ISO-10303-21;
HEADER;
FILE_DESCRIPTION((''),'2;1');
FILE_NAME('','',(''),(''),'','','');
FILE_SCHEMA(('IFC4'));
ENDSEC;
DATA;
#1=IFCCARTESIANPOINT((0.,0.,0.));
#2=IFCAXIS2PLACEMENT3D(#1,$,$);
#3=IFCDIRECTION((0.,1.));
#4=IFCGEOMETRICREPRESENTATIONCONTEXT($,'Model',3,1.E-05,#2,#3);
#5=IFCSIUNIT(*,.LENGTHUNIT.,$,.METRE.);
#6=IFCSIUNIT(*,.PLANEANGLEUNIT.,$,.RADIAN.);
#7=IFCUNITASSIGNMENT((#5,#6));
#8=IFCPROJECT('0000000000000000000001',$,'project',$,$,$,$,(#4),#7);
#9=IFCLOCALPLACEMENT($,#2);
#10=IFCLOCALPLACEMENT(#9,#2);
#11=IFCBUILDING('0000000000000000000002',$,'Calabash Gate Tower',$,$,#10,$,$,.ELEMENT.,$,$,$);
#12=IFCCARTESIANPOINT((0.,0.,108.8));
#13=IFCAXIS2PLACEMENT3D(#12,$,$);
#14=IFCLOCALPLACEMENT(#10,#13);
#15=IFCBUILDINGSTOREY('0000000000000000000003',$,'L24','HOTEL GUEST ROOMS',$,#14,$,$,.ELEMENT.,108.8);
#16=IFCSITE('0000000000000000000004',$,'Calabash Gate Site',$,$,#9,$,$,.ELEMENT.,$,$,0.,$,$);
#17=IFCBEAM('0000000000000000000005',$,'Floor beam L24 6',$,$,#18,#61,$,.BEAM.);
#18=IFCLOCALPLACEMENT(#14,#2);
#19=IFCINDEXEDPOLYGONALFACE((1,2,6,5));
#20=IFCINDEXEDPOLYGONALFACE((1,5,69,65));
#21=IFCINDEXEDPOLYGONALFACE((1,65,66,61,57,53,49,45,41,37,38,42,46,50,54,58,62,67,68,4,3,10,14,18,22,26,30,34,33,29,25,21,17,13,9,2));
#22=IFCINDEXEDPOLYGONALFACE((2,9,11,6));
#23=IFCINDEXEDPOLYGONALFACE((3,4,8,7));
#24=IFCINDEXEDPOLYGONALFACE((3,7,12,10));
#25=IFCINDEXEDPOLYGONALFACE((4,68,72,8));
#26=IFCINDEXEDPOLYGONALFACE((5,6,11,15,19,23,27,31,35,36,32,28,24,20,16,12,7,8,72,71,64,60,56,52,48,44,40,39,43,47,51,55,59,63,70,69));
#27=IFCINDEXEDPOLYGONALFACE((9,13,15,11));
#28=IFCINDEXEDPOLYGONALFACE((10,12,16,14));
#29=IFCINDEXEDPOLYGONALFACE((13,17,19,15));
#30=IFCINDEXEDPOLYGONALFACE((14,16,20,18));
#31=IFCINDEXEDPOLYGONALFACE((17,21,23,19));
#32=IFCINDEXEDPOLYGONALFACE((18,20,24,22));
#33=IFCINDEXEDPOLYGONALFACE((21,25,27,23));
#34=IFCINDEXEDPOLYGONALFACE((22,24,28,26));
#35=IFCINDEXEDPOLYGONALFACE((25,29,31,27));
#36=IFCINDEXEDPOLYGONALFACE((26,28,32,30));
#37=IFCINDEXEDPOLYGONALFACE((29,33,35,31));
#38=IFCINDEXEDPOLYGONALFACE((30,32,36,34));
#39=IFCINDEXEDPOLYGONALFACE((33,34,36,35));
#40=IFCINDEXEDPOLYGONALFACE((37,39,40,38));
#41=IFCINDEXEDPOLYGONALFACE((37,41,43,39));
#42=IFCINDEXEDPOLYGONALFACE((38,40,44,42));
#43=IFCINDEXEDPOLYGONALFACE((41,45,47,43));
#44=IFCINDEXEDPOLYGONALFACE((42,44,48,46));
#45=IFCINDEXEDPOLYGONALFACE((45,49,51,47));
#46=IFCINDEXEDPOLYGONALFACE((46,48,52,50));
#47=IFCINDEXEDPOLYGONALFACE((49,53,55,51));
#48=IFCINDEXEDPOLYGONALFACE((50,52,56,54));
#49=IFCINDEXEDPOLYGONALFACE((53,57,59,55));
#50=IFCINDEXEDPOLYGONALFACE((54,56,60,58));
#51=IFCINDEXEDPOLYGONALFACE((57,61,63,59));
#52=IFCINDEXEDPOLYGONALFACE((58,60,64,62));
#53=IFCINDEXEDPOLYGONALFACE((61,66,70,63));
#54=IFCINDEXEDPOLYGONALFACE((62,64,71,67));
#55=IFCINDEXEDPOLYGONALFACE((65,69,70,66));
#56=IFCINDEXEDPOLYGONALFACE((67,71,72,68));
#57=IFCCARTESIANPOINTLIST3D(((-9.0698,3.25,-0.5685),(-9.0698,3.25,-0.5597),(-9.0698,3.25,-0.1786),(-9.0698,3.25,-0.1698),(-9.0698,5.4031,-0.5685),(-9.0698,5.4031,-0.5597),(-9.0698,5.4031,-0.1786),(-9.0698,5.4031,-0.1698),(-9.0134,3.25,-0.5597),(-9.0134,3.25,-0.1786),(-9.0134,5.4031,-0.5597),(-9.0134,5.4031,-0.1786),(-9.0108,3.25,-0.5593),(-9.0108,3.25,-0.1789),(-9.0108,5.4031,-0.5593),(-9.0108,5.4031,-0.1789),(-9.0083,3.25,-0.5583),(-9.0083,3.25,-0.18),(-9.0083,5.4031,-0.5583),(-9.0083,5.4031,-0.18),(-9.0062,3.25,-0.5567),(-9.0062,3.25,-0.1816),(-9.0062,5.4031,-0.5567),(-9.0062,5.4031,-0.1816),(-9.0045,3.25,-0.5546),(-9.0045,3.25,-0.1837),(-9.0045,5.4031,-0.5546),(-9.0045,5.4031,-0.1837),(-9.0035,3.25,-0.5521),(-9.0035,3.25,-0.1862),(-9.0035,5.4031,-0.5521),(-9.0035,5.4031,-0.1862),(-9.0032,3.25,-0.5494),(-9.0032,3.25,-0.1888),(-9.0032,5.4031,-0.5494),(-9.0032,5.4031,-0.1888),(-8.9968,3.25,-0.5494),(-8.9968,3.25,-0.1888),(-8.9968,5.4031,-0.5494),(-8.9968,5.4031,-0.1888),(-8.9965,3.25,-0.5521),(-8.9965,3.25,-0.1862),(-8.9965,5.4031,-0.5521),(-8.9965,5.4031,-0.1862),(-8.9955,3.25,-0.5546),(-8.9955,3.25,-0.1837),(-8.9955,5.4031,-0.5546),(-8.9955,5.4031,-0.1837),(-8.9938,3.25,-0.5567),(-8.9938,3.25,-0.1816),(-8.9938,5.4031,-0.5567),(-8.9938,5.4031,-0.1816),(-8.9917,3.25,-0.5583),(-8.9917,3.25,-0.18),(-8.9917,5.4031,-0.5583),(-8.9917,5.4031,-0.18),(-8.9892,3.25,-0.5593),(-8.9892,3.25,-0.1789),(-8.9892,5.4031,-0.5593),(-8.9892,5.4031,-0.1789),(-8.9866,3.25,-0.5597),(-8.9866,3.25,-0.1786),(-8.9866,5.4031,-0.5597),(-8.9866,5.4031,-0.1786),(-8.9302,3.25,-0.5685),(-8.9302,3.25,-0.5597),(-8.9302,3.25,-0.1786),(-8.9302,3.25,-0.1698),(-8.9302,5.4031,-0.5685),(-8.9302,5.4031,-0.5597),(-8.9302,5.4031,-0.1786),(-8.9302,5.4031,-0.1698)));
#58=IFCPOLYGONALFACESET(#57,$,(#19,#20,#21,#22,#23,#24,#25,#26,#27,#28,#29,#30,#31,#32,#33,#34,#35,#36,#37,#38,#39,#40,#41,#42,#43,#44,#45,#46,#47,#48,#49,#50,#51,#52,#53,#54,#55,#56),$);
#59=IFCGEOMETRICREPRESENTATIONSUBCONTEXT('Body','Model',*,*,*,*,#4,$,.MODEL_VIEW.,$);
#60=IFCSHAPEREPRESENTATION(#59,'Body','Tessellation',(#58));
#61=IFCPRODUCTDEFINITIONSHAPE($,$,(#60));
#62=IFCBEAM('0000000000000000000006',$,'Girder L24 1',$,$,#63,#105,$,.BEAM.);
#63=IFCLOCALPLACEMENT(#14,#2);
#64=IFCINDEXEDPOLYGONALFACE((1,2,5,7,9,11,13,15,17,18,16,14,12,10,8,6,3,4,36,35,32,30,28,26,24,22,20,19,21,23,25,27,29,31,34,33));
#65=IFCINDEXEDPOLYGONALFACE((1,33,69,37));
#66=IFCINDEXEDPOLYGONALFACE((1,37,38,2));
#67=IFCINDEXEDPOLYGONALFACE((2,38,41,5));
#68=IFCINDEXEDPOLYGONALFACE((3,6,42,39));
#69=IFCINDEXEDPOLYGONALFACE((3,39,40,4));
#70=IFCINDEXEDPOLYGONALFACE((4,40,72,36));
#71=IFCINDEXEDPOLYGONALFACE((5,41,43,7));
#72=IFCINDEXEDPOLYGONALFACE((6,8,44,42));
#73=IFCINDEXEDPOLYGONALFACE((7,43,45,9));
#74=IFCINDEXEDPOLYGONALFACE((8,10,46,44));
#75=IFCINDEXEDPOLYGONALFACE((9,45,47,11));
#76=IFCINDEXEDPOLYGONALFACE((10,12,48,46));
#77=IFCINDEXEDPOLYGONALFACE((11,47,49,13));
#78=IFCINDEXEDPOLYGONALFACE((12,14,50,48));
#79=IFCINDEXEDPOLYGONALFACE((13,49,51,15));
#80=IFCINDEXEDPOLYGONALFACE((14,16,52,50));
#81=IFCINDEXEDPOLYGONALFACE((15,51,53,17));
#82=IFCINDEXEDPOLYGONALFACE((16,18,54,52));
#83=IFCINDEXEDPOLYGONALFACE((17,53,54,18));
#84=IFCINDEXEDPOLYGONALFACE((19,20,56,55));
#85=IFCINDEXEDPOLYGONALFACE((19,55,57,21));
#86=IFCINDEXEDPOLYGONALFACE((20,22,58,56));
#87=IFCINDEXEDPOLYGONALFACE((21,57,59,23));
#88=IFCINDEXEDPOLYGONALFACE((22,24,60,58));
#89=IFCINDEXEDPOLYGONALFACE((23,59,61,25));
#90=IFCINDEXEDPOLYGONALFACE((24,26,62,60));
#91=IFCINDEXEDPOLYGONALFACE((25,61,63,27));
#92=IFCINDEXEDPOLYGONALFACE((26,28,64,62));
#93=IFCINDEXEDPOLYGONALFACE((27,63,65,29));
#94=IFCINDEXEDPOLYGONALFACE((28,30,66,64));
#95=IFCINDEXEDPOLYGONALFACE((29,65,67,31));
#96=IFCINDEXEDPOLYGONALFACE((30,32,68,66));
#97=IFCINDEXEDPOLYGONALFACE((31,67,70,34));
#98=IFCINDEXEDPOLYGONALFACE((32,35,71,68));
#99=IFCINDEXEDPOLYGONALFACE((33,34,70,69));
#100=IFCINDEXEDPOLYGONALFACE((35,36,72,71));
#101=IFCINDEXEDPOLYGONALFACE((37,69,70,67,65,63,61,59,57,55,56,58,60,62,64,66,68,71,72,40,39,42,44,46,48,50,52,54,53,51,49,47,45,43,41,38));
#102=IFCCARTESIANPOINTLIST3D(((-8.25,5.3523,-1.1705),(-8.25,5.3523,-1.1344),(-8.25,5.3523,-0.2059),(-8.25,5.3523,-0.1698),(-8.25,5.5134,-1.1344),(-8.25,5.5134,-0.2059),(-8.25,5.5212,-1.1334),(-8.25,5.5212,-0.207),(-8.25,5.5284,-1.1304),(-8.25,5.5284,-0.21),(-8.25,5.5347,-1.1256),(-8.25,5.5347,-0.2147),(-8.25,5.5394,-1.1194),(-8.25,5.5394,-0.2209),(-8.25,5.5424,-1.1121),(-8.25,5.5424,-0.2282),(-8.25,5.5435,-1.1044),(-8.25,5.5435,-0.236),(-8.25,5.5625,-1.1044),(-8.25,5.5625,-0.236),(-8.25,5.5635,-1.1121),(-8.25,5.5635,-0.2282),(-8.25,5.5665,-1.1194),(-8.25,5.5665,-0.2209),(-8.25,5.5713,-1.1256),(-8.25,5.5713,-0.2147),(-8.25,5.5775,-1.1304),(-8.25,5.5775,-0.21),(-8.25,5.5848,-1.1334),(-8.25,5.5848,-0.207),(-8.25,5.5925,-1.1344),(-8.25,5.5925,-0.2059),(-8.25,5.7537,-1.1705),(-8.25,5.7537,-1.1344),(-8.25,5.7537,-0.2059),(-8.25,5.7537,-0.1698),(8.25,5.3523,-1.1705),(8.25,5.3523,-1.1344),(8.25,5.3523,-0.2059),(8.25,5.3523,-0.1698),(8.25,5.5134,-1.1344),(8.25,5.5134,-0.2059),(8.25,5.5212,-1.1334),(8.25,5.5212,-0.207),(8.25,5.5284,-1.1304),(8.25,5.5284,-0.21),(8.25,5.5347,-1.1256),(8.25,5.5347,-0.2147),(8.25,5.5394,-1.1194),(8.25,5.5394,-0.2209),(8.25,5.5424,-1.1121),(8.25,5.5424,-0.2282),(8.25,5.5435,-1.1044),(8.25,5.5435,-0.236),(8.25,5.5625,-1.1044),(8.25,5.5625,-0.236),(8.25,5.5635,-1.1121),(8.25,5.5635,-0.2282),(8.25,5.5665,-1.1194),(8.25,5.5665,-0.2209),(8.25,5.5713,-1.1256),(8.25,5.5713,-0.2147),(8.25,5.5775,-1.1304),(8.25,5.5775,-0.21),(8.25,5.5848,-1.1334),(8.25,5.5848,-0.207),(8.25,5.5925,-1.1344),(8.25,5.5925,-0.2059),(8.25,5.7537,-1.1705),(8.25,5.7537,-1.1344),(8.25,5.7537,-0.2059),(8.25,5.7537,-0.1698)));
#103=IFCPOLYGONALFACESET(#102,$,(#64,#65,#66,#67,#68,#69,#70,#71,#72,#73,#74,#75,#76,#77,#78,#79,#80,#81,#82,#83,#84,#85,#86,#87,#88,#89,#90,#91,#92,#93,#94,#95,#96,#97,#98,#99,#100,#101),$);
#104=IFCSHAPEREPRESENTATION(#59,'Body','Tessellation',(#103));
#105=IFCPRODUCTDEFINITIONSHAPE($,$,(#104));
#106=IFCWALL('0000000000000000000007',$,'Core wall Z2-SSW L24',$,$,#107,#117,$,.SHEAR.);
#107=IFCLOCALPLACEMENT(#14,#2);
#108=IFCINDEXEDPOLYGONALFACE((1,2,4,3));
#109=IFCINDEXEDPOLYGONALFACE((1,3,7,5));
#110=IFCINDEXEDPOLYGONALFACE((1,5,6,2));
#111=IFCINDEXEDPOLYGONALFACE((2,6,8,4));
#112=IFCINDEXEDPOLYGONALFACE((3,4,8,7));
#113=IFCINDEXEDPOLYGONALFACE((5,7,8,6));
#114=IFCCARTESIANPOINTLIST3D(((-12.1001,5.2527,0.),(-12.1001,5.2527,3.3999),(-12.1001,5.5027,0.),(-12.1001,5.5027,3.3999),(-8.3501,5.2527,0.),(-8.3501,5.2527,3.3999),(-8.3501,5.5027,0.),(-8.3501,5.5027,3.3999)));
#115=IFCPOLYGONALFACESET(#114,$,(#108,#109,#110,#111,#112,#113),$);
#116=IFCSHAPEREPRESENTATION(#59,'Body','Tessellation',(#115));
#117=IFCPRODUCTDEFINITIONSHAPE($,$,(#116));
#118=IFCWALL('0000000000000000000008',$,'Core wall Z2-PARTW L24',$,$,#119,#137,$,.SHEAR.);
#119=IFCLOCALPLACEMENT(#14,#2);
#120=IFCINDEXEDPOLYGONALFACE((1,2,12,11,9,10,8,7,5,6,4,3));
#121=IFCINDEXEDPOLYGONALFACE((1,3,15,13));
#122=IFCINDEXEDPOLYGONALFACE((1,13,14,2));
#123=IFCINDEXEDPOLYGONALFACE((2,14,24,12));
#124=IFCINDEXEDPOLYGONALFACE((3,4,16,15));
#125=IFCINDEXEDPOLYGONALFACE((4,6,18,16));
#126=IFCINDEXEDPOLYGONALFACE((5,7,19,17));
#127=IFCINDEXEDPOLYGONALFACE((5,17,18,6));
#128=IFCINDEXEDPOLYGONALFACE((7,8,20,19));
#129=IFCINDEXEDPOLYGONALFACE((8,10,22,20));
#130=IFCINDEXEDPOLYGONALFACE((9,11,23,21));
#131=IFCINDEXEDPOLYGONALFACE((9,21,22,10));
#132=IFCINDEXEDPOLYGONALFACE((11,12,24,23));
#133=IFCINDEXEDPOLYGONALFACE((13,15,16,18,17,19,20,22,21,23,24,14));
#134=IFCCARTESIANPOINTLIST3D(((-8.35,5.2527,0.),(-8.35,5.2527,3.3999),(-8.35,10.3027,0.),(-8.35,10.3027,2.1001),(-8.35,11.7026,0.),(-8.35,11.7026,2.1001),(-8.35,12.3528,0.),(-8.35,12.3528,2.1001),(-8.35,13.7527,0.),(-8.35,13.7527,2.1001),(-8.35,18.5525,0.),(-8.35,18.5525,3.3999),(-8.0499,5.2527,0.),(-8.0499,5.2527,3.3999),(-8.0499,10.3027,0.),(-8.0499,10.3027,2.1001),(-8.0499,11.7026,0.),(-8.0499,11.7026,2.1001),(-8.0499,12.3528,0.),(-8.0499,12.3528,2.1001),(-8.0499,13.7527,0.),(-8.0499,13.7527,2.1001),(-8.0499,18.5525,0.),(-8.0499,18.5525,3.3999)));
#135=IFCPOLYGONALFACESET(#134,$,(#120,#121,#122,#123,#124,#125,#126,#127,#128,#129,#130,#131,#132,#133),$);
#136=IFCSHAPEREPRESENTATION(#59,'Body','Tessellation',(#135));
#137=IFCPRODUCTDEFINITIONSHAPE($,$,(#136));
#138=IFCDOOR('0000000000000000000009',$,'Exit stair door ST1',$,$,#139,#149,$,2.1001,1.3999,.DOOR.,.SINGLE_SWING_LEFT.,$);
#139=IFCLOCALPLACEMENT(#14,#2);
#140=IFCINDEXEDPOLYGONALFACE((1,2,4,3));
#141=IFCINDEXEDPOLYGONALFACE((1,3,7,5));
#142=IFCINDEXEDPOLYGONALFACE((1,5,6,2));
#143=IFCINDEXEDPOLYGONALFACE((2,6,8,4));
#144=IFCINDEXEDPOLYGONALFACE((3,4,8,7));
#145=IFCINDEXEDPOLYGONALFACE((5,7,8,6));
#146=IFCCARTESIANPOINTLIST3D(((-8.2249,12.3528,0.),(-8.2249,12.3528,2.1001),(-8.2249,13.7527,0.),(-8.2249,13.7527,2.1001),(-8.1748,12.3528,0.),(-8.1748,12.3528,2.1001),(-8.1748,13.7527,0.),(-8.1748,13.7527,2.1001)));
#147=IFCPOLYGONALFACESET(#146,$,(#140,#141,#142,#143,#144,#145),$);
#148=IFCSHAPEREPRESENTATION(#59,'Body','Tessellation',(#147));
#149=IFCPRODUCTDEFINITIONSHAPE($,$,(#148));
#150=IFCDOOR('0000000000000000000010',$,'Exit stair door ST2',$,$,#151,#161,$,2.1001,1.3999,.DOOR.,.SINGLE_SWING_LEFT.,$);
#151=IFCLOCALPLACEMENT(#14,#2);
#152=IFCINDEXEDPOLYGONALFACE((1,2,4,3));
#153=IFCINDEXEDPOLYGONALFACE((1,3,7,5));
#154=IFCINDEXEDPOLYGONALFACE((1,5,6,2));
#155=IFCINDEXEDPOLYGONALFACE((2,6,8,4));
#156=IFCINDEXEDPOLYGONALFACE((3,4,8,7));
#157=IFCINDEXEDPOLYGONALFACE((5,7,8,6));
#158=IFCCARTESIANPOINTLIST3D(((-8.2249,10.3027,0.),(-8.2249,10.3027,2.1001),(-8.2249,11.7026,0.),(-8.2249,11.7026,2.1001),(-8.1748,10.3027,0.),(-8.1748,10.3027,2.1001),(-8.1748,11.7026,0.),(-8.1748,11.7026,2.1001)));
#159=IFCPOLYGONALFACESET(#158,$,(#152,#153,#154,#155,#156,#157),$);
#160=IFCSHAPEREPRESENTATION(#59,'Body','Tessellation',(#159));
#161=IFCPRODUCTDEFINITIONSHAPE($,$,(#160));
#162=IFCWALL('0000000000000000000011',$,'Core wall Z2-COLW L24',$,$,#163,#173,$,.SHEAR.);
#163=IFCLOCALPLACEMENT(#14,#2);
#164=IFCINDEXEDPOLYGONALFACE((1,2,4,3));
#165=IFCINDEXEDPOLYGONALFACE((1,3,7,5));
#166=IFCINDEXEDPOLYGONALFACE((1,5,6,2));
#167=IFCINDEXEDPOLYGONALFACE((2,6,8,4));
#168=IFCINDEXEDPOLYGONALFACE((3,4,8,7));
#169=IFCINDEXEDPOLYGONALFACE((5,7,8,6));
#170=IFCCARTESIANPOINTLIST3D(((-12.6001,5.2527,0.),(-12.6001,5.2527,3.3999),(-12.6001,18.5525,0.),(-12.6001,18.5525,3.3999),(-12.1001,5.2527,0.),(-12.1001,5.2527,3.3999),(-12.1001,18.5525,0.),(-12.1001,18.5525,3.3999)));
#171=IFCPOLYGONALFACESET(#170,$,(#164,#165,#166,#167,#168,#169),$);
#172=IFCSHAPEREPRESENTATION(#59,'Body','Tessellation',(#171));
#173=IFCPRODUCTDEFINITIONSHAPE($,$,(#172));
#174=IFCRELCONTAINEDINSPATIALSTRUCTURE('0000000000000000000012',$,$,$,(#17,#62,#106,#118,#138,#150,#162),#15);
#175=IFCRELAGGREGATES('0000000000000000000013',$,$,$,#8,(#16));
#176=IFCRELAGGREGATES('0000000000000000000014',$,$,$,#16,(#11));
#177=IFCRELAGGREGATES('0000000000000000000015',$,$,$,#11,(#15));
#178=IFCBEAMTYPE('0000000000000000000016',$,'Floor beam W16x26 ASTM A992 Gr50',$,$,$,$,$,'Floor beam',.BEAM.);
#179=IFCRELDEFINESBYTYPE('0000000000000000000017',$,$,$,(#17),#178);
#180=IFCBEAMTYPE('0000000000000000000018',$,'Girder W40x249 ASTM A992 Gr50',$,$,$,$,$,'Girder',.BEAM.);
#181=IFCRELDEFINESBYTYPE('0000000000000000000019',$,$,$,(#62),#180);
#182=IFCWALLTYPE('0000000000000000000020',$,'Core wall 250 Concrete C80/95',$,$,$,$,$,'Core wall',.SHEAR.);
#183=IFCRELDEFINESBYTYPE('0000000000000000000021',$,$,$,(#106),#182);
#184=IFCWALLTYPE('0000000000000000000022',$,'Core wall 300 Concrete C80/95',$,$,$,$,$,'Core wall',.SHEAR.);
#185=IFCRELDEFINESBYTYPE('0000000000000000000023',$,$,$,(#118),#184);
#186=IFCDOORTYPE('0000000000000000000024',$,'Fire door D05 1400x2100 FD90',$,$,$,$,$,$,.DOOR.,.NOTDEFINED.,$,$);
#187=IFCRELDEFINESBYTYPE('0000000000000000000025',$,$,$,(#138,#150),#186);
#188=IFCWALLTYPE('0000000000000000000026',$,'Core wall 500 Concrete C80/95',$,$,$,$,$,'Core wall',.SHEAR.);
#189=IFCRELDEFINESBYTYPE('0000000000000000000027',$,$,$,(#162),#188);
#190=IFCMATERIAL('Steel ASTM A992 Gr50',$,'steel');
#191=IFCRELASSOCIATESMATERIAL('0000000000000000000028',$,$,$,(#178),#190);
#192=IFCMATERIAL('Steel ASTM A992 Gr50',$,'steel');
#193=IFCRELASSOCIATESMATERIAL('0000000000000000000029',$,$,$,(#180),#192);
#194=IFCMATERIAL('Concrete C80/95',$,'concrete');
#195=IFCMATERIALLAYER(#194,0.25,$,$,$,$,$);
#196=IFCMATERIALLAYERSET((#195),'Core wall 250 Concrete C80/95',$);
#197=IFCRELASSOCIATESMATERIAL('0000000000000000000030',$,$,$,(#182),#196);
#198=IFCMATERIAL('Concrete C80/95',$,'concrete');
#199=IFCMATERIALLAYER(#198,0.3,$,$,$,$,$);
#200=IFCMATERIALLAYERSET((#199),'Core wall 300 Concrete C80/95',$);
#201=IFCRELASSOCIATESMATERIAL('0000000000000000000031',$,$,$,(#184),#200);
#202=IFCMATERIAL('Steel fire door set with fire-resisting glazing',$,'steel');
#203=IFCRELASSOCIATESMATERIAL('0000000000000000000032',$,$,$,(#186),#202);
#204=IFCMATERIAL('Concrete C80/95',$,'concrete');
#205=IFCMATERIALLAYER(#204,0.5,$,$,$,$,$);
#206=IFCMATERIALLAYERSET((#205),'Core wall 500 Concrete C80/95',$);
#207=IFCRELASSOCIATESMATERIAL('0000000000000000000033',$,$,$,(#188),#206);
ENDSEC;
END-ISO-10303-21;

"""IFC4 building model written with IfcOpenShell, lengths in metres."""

from ifc_helpers import new_model, si_unit, direction, frame, frame_2d, origin, origin_2d, place, context, subcontext, project, spatial, rectangle, i_section, extrude, material, layer, layer_set, material_profile, profile_set, type_object, element, fill, save


model = new_model("IFC4")

# Units and contexts
model_context = context("Model", 3, precision=1e-05, world=origin(), true_north=direction((0.0, 1.0)))
body_context = subcontext(model_context, "Body", "Model", "MODEL_VIEW")
ifc_project = project(units=[si_unit("LENGTHUNIT", "METRE"), si_unit("PLANEANGLEUNIT", "RADIAN")], contexts=[model_context])

# Site, building, storey
site_placement = place(None, origin())
site = spatial("IfcSite", under=ifc_project, at=site_placement, Name="Calabash Gate Site", CompositionType="ELEMENT", RefElevation=0.0)
building_placement = place(site_placement, origin())
building = spatial("IfcBuilding", under=site, at=building_placement, Name="Calabash Gate Tower", CompositionType="ELEMENT")
storey_placement = place(building_placement, frame((0.0, 0.0, 108.8)))
storey = spatial("IfcBuildingStorey", under=building, at=storey_placement, Name="L24", Description="HOTEL GUEST ROOMS", CompositionType="ELEMENT", Elevation=108.8)

# Beams
ifc_material_1 = material(Name="Steel ASTM A992 Gr50", Category="steel")
ifc_material_profile_1 = material_profile(ifc_material_1, i_section(OverallWidth=0.1396, OverallDepth=0.3987, WebThickness=0.0063, FlangeThickness=0.0088, FilletRadius=0.0103, at=origin_2d()))
ifc_profile_set_1 = profile_set([ifc_material_profile_1], Name="Steel ASTM A992 Gr50")
beam_type_1 = type_object("IfcBeamType", Name="Floor beam W16x26 ASTM A992 Gr50", ElementType="Floor beam", PredefinedType="BEAM", material=ifc_profile_set_1)
beam_1_placement = place(storey_placement, frame((-9.0, 3.25, -0.3691), z_axis=(0.0, 1.0, 0.0), x_axis=(-1.0, 0.0, 0.0)))
element("IfcBeam", 1, at=beam_1_placement, inside=storey, type_object=beam_type_1, Name="Floor beam L24 6", PredefinedType="BEAM", context=body_context, shape_type="SweptSolid", body=[
    extrude(i_section(OverallWidth=0.1396, OverallDepth=0.3987, WebThickness=0.0063, FlangeThickness=0.0088, FilletRadius=0.0103, at=origin_2d()), origin(), (0.0, 0.0, 1.0), 2.1531),
])
ifc_material_2 = material(Name="Steel ASTM A992 Gr50", Category="steel")
ifc_material_profile_2 = material_profile(ifc_material_2, i_section(OverallWidth=0.4014, OverallDepth=1.0007, WebThickness=0.019, FlangeThickness=0.0361, FilletRadius=0.03, at=origin_2d()))
ifc_profile_set_2 = profile_set([ifc_material_profile_2], Name="Steel ASTM A992 Gr50")
beam_type_2 = type_object("IfcBeamType", Name="Girder W40x249 ASTM A992 Gr50", ElementType="Girder", PredefinedType="BEAM", material=ifc_profile_set_2)
beam_2_placement = place(storey_placement, frame((-8.25, 5.553, -0.6702), z_axis=(1.0, 0.0, 0.0), x_axis=(0.0, 1.0, 0.0)))
element("IfcBeam", 2, at=beam_2_placement, inside=storey, type_object=beam_type_2, Name="Girder L24 1", PredefinedType="BEAM", context=body_context, shape_type="SweptSolid", body=[
    extrude(i_section(OverallWidth=0.4014, OverallDepth=1.0007, WebThickness=0.019, FlangeThickness=0.0361, FilletRadius=0.03, at=origin_2d()), origin(), (0.0, 0.0, 1.0), 16.5),
])

# Wall
ifc_material_3 = material(Name="Concrete C80/95", Category="concrete")
ifc_layer_1 = layer(ifc_material_3, 0.25)
ifc_layer_set_1 = layer_set([ifc_layer_1], Name="Core wall 250 Concrete C80/95")
wall_type_1 = type_object("IfcWallType", Name="Core wall 250 Concrete C80/95", ElementType="Core wall", PredefinedType="SHEAR", material=ifc_layer_set_1)
wall_1_placement = place(storey_placement, frame((-12.1001, 5.3777, 0.0), z_axis=(0.0, 0.0, 1.0), x_axis=(1.0, 0.0, 0.0)))
element("IfcWall", 3, at=wall_1_placement, inside=storey, type_object=wall_type_1, Name="Core wall Z2-SSW L24", PredefinedType="SHEAR", context=body_context, shape_type="SweptSolid", body=[
    extrude(rectangle(XDim=3.75, YDim=0.25, at=frame_2d((1.875, 0.0))), origin(), (0.0, 0.0, 1.0), 3.3999),
])

# Wall, openings, doors
ifc_material_4 = material(Name="Concrete C80/95", Category="concrete")
ifc_layer_2 = layer(ifc_material_4, 0.3)
ifc_layer_set_2 = layer_set([ifc_layer_2], Name="Core wall 300 Concrete C80/95")
wall_type_2 = type_object("IfcWallType", Name="Core wall 300 Concrete C80/95", ElementType="Core wall", PredefinedType="SHEAR", material=ifc_layer_set_2)
wall_2_placement = place(storey_placement, frame((-8.2, 5.2527, 0.0), z_axis=(0.0, 0.0, 1.0), x_axis=(0.0, 1.0, 0.0)))
wall_2 = element("IfcWall", 4, at=wall_2_placement, inside=storey, type_object=wall_type_2, Name="Core wall Z2-PARTW L24", PredefinedType="SHEAR", context=body_context, shape_type="SweptSolid", body=[
    extrude(rectangle(XDim=13.2998, YDim=0.3, at=frame_2d((6.6499, 0.0))), origin(), (0.0, 0.0, 1.0), 3.3999),
])
opening_1_placement = place(wall_2_placement, frame((7.1001, 0.0, 0.0)))
opening_1 = element("IfcOpeningElement", 5, at=opening_1_placement, cuts=wall_2, PredefinedType="OPENING", context=body_context, shape_type="SweptSolid", body=[
    extrude(rectangle(XDim=1.3999, YDim=2.1001, at=frame_2d((0.7, 1.05))), frame((0.0, 0.1599, 0.0), z_axis=(0.0, -1.0, 0.0), x_axis=(1.0, 0.0, 0.0)), (0.0, 0.0, 1.0), 0.3201),
])
opening_2_placement = place(wall_2_placement, frame((5.05, 0.0, 0.0)))
opening_2 = element("IfcOpeningElement", 6, at=opening_2_placement, cuts=wall_2, PredefinedType="OPENING", context=body_context, shape_type="SweptSolid", body=[
    extrude(rectangle(XDim=1.3999, YDim=2.1001, at=frame_2d((0.7, 1.05))), frame((0.0, 0.1599, 0.0), z_axis=(0.0, -1.0, 0.0), x_axis=(1.0, 0.0, 0.0)), (0.0, 0.0, 1.0), 0.3201),
])
ifc_material_5 = material(Name="Steel fire door set with fire-resisting glazing", Category="steel")
door_type_1 = type_object("IfcDoorType", Name="Fire door D05 1400x2100 FD90", OperationType="NOTDEFINED", PredefinedType="DOOR", material=ifc_material_5)
door_1_placement = place(opening_1_placement, origin())
door_1 = element("IfcDoor", 7, at=door_1_placement, inside=storey, type_object=door_type_1, Name="Exit stair door ST1", OperationType="SINGLE_SWING_LEFT", OverallHeight=2.1001, OverallWidth=1.3999, PredefinedType="DOOR", context=body_context, shape_type="SweptSolid", body=[
    extrude(rectangle(XDim=1.3999, YDim=2.1001, at=frame_2d((0.7, 1.05))), frame((0.0, 0.0249, 0.0), z_axis=(0.0, -1.0, 0.0), x_axis=(1.0, 0.0, 0.0)), (0.0, 0.0, 1.0), 0.05),
])
fill(opening_1, door_1)
door_2_placement = place(opening_2_placement, origin())
door_2 = element("IfcDoor", 8, at=door_2_placement, inside=storey, type_object=door_type_1, Name="Exit stair door ST2", OperationType="SINGLE_SWING_LEFT", OverallHeight=2.1001, OverallWidth=1.3999, PredefinedType="DOOR", context=body_context, shape_type="SweptSolid", body=[
    extrude(rectangle(XDim=1.3999, YDim=2.1001, at=frame_2d((0.7, 1.05))), frame((0.0, 0.0249, 0.0), z_axis=(0.0, -1.0, 0.0), x_axis=(1.0, 0.0, 0.0)), (0.0, 0.0, 1.0), 0.05),
])
fill(opening_2, door_2)

# Wall
ifc_material_6 = material(Name="Concrete C80/95", Category="concrete")
ifc_layer_3 = layer(ifc_material_6, 0.5)
ifc_layer_set_3 = layer_set([ifc_layer_3], Name="Core wall 500 Concrete C80/95")
wall_type_3 = type_object("IfcWallType", Name="Core wall 500 Concrete C80/95", ElementType="Core wall", PredefinedType="SHEAR", material=ifc_layer_set_3)
wall_3_placement = place(storey_placement, frame((-12.3501, 5.2527, 0.0), z_axis=(0.0, 0.0, 1.0), x_axis=(0.0, 1.0, 0.0)))
element("IfcWall", 9, at=wall_3_placement, inside=storey, type_object=wall_type_3, Name="Core wall Z2-COLW L24", PredefinedType="SHEAR", context=body_context, shape_type="SweptSolid", body=[
    extrude(rectangle(XDim=13.2998, YDim=0.5, at=frame_2d((6.6499, 0.0))), origin(), (0.0, 0.0, 1.0), 3.3999),
])

save(model, "model.ifc")
